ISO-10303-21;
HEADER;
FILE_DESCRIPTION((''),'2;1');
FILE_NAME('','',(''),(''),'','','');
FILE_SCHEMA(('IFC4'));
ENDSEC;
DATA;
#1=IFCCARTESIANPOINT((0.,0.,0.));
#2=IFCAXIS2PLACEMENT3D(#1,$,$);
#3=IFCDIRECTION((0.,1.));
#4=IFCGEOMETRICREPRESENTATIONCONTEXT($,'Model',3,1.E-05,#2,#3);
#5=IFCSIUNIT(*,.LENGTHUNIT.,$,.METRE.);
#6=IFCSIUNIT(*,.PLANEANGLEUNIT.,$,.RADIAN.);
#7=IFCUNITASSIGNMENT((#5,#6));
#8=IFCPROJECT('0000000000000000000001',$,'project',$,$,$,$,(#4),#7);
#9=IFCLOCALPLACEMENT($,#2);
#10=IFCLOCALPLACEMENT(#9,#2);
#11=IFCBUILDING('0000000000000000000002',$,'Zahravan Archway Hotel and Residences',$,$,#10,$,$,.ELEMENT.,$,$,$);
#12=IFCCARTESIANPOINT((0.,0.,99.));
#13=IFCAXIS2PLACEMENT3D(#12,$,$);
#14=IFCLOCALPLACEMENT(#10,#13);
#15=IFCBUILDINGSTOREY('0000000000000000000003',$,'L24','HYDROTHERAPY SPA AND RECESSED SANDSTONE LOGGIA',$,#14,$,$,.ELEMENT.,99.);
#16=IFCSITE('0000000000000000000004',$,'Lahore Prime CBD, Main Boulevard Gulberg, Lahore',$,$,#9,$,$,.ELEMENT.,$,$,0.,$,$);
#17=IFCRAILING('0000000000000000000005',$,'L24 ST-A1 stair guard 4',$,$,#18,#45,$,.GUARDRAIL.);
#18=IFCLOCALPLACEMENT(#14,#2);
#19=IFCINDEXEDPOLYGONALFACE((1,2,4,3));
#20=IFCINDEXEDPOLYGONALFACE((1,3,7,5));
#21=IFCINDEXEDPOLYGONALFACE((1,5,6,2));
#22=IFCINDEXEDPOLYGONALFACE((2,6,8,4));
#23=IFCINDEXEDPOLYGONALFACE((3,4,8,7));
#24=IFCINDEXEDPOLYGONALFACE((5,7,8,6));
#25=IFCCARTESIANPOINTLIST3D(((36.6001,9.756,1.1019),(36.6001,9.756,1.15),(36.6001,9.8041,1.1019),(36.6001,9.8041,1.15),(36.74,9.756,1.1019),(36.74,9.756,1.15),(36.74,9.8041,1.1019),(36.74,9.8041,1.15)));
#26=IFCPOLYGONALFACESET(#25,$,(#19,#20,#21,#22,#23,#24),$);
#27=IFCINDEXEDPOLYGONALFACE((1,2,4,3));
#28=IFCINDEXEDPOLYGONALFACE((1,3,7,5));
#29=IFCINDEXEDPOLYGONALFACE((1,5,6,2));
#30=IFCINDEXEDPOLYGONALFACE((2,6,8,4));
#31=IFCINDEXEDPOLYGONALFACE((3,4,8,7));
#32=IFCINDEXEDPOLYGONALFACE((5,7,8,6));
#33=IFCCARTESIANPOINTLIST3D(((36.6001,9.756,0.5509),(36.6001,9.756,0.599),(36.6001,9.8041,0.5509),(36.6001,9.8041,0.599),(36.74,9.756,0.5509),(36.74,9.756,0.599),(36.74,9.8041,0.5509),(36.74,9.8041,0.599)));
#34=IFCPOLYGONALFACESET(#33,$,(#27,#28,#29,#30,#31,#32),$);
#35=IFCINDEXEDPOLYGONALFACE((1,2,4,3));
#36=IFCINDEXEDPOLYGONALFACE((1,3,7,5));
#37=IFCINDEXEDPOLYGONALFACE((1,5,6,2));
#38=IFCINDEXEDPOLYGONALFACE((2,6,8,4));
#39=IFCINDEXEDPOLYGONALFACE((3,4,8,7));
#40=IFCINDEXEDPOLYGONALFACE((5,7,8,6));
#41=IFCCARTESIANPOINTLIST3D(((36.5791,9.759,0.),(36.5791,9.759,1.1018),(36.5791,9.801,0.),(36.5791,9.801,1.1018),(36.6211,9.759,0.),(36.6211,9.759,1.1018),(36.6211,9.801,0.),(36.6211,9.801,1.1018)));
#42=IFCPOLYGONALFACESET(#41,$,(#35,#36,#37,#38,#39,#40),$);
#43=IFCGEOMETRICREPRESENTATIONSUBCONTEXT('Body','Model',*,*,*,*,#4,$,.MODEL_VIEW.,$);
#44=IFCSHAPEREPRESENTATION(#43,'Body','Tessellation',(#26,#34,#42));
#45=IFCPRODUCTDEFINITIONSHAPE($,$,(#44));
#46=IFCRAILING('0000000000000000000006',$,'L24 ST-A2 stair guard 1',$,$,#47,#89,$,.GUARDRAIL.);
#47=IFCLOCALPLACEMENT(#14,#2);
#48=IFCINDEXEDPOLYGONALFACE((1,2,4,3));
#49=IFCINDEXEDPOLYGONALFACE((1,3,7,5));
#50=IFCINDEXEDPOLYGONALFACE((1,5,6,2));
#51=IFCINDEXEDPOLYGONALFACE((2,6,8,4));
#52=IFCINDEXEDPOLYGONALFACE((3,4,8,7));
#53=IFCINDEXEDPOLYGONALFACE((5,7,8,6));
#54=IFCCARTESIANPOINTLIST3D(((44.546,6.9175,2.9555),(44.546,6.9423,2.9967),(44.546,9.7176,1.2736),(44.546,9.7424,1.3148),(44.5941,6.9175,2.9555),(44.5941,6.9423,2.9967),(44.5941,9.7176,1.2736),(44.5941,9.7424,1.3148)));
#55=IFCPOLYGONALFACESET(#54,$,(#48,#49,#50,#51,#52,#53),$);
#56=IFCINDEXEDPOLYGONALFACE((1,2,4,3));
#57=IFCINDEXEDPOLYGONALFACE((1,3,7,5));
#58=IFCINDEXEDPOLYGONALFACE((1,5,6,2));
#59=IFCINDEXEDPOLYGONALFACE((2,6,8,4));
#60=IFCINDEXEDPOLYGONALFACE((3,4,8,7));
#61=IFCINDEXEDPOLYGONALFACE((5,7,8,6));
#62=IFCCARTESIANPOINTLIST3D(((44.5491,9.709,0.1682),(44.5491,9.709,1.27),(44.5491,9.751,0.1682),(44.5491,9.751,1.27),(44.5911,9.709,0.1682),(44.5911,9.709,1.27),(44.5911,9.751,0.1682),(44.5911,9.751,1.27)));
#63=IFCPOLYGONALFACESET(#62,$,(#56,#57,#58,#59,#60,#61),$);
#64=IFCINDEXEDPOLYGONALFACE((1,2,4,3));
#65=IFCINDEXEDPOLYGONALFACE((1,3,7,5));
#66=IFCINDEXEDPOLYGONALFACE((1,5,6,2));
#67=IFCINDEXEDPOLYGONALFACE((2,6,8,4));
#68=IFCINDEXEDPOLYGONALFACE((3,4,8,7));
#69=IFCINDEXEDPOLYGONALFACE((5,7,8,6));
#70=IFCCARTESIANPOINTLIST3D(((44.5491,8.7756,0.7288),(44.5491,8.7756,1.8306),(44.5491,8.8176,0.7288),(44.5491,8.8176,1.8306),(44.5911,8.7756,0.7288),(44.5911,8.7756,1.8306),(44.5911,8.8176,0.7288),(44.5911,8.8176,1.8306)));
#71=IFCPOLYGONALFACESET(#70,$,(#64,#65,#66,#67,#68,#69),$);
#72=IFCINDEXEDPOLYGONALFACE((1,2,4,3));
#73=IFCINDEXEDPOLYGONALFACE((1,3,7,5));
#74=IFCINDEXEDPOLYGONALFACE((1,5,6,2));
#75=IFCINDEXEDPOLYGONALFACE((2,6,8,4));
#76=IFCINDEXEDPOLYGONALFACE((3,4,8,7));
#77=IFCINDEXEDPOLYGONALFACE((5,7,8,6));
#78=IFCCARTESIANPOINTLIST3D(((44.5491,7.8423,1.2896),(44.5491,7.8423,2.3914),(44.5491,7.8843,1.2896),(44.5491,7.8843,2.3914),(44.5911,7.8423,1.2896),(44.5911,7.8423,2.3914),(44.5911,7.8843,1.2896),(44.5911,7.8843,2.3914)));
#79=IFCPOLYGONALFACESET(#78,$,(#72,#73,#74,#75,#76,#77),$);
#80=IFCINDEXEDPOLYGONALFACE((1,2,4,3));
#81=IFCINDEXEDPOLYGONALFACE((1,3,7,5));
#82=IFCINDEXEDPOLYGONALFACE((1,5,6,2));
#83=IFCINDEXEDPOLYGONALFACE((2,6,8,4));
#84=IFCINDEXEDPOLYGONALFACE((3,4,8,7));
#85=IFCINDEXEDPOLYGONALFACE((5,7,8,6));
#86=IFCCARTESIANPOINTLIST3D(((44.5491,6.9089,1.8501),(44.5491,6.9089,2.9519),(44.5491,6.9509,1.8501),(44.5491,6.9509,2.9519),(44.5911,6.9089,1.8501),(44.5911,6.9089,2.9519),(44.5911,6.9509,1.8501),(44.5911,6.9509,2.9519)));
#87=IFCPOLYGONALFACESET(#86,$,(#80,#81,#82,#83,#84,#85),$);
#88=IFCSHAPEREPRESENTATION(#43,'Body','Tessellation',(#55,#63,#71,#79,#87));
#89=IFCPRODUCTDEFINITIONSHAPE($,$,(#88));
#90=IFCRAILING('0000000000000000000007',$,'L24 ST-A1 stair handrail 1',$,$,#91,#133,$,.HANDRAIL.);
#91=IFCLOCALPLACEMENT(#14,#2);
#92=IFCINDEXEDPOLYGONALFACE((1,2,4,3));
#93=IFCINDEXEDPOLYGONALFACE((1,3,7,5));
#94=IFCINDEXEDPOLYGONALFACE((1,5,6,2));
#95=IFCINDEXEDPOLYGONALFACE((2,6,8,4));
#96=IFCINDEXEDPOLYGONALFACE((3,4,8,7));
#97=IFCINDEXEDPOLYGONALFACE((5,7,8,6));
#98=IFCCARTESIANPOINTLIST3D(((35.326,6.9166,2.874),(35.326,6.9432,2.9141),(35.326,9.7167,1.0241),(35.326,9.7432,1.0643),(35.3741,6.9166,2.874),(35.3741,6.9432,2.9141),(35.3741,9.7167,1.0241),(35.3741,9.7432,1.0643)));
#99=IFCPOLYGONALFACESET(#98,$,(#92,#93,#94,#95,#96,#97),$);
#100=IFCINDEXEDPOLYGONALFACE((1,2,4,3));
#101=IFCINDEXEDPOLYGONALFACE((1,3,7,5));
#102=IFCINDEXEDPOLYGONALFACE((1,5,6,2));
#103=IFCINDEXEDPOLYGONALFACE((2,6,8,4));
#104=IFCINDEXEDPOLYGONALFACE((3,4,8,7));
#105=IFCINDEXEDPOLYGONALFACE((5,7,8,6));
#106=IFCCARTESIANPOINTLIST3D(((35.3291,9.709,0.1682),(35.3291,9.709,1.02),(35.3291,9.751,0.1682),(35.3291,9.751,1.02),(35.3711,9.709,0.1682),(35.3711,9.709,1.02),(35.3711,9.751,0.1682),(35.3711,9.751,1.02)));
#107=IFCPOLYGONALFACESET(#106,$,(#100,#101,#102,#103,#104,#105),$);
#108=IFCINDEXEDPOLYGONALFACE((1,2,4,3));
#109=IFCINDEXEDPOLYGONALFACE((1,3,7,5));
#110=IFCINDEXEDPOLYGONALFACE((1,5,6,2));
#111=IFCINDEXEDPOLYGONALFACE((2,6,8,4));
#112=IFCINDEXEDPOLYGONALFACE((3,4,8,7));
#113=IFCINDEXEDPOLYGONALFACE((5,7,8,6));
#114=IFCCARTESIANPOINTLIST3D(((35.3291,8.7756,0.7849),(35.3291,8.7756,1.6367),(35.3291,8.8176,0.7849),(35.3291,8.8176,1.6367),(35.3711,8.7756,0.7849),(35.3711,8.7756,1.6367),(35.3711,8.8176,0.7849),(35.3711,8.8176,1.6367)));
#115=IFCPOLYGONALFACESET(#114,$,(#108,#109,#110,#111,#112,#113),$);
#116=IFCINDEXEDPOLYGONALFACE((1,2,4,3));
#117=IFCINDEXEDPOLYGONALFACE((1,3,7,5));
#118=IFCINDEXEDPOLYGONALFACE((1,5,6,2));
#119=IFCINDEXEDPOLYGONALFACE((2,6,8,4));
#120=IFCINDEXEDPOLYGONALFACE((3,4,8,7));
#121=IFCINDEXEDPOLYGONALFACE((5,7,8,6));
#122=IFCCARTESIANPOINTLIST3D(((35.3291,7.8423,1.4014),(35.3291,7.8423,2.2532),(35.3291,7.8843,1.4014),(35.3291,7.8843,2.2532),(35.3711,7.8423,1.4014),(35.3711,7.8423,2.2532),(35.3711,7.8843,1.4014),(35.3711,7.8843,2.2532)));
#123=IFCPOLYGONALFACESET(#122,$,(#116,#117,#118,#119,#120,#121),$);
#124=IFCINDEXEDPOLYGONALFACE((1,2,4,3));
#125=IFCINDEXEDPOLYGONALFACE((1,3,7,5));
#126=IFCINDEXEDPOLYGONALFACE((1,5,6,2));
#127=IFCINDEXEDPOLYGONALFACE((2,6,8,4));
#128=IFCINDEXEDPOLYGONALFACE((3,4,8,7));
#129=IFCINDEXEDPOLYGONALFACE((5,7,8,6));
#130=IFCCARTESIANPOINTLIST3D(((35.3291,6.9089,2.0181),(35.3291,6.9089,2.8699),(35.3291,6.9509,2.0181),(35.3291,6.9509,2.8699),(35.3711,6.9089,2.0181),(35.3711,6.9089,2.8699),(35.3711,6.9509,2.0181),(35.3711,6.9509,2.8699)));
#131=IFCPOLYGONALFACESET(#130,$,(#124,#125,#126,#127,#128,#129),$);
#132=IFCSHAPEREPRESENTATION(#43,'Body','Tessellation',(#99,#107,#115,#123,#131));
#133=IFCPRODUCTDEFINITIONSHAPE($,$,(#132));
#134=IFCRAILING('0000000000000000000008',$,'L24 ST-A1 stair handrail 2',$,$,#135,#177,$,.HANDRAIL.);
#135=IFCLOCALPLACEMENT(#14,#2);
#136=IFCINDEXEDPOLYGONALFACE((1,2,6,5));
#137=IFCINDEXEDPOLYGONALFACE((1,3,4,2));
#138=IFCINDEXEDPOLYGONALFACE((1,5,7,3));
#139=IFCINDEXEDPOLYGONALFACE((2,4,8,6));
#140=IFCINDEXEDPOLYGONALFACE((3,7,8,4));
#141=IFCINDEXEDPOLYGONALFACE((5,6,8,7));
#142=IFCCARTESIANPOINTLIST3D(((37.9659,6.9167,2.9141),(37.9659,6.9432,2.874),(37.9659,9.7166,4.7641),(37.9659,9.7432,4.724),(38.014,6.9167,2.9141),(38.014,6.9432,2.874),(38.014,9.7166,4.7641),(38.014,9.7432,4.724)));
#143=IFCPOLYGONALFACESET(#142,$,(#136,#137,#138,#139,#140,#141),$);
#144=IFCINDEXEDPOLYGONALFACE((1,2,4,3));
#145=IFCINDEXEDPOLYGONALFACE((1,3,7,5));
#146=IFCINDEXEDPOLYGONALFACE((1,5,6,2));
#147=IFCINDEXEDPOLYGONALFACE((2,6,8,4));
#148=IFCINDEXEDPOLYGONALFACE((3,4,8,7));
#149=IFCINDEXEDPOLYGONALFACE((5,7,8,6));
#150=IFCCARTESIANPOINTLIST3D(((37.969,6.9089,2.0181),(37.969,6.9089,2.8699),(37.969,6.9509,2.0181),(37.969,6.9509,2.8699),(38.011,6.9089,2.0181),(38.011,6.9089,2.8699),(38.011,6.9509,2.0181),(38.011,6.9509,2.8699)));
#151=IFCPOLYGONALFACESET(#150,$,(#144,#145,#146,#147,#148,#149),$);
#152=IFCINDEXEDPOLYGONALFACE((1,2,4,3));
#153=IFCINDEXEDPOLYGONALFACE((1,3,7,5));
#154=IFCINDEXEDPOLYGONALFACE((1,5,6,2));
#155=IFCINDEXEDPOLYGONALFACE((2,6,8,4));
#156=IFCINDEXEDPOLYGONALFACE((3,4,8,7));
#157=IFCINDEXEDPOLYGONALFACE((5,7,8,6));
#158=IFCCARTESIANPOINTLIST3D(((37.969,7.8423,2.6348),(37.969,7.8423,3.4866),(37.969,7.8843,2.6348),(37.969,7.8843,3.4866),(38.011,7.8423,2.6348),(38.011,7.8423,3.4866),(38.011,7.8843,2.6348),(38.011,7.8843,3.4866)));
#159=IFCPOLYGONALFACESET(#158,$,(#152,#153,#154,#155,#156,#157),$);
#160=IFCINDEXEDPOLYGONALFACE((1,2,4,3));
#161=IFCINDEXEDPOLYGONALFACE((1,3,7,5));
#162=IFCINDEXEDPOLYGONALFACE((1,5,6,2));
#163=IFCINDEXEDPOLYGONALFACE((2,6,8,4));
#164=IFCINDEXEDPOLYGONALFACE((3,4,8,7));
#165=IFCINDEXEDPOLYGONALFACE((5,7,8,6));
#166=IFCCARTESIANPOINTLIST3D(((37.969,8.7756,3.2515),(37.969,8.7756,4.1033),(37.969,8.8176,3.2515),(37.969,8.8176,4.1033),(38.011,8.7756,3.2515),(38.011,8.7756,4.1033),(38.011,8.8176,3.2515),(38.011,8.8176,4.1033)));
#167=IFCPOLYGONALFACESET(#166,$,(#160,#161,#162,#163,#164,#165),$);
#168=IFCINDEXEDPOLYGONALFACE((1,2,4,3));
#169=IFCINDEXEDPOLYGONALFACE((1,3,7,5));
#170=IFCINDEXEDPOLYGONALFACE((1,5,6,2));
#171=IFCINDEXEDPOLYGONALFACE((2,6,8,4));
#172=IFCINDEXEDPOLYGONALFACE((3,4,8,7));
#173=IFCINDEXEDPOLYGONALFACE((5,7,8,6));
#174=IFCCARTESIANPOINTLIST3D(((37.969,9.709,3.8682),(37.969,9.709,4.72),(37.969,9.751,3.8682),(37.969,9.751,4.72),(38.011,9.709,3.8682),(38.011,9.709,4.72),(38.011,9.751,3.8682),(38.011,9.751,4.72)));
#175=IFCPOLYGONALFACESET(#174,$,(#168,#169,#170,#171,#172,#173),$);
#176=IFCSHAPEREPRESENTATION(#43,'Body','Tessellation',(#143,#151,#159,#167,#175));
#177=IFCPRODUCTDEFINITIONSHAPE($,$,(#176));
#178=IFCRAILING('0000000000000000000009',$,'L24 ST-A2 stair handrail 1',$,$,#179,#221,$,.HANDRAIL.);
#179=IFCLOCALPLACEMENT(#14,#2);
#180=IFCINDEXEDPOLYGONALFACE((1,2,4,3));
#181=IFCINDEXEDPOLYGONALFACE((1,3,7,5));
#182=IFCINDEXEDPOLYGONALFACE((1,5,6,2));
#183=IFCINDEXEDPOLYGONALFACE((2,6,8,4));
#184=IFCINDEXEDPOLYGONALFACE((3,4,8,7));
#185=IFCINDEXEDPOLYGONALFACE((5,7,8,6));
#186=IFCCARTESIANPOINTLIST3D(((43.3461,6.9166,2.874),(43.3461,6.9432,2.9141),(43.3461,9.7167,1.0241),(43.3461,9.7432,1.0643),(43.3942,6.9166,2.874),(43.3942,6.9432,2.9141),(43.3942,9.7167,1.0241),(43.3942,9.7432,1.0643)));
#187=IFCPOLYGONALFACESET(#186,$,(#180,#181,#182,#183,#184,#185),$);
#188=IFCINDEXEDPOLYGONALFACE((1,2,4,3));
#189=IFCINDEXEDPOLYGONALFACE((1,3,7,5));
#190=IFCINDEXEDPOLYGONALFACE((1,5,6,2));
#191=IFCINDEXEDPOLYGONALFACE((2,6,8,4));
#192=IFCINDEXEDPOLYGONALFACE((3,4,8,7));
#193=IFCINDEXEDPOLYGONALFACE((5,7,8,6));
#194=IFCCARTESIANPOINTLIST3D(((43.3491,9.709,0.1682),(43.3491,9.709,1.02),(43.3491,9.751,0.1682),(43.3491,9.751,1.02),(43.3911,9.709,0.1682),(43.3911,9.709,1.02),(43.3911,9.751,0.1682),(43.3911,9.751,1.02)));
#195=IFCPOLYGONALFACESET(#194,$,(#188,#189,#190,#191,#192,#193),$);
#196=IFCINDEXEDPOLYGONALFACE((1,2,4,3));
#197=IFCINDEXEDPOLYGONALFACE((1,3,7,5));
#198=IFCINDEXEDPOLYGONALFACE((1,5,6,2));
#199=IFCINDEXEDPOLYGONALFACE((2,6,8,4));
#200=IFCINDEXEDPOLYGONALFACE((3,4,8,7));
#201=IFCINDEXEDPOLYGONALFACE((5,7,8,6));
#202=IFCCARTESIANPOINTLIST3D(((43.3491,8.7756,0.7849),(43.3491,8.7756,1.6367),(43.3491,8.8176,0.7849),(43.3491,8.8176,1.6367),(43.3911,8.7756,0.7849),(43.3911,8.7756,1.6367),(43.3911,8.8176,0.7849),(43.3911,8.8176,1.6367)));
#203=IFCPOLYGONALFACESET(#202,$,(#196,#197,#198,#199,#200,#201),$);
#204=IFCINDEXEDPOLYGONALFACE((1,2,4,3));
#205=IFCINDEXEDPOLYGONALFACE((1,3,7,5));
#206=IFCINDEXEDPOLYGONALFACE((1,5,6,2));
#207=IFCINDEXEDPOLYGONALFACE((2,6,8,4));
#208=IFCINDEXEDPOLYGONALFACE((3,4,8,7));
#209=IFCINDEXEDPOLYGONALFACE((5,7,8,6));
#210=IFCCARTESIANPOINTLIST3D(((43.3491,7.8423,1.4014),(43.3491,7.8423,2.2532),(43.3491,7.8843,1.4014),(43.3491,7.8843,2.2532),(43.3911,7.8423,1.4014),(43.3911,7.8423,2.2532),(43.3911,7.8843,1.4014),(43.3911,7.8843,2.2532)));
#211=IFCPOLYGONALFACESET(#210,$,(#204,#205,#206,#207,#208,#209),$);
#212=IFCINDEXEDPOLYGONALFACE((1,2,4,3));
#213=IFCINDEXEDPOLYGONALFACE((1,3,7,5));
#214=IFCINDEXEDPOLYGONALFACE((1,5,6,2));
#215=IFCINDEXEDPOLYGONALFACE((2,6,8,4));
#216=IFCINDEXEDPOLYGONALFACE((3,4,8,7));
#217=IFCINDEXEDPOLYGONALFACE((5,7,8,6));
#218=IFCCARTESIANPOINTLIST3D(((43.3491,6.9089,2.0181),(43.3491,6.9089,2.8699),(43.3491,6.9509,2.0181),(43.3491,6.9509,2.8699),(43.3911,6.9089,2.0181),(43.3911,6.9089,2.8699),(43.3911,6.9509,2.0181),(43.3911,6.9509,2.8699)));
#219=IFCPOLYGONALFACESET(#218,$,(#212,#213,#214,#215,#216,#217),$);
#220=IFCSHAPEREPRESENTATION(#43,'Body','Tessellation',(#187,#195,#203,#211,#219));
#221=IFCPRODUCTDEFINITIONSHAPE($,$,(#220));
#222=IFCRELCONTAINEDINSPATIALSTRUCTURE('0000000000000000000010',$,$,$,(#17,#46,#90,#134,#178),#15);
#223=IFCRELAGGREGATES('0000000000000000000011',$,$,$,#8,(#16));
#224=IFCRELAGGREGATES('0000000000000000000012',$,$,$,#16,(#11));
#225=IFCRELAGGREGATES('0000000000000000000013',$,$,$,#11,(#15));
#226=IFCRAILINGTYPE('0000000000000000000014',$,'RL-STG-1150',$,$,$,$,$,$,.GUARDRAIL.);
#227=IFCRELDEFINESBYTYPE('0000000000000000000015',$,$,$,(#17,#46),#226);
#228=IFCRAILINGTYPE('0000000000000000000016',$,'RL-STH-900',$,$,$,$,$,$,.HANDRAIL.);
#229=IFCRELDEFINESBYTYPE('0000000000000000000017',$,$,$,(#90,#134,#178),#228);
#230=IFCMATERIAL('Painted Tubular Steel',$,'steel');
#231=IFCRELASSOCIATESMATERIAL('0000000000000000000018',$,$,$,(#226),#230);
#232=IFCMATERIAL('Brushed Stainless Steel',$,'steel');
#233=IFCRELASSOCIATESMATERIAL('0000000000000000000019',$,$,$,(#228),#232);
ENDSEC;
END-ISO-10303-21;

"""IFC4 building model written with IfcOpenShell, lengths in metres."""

from ifc_helpers import new_model, si_unit, direction, frame, origin, origin_2d, place, context, subcontext, project, spatial, rectangle, extrude, material, type_object, element, save


model = new_model("IFC4")

# Units and contexts
model_context = context("Model", 3, precision=1e-05, world=origin(), true_north=direction((0.0, 1.0)))
body_context = subcontext(model_context, "Body", "Model", "MODEL_VIEW")
ifc_project = project(units=[si_unit("LENGTHUNIT", "METRE"), si_unit("PLANEANGLEUNIT", "RADIAN")], contexts=[model_context])

# Site, building, storey
site_placement = place(None, origin())
site = spatial("IfcSite", under=ifc_project, at=site_placement, Name="Lahore Prime CBD, Main Boulevard Gulberg, Lahore", CompositionType="ELEMENT", RefElevation=0.0)
building_placement = place(site_placement, origin())
building = spatial("IfcBuilding", under=site, at=building_placement, Name="Zahravan Archway Hotel and Residences", CompositionType="ELEMENT")
storey_placement = place(building_placement, frame((0.0, 0.0, 99.0)))
storey = spatial("IfcBuildingStorey", under=building, at=storey_placement, Name="L24", Description="HYDROTHERAPY SPA AND RECESSED SANDSTONE LOGGIA", CompositionType="ELEMENT", Elevation=99.0)

# Railings
ifc_material_1 = material(Name="Painted Tubular Steel", Category="steel")
railing_type_1 = type_object("IfcRailingType", Name="RL-STG-1150", PredefinedType="GUARDRAIL", material=ifc_material_1)
railing_1_placement = place(storey_placement, frame((36.6001, 9.78, 0.0)))
element("IfcRailing", 1, at=railing_1_placement, inside=storey, type_object=railing_type_1, Name="L24 ST-A1 stair guard 4", PredefinedType="GUARDRAIL", context=body_context, shape_type="SweptSolid", body=[
    extrude(rectangle(XDim=0.0481, YDim=0.0481, at=origin_2d()), frame((0.0, 0.0, 1.126), z_axis=(1.0, 0.0, 0.0), x_axis=(0.0, 1.0, 0.0)), (0.0, 0.0, 1.0), 0.1399),
    extrude(rectangle(XDim=0.0481, YDim=0.0481, at=origin_2d()), frame((0.0, 0.0, 0.575), z_axis=(1.0, 0.0, 0.0), x_axis=(0.0, 1.0, 0.0)), (0.0, 0.0, 1.0), 0.1399),
    extrude(rectangle(XDim=0.042, YDim=0.042, at=origin_2d()), origin(), (0.0, 0.0, 1.0), 1.1018),
])
railing_2_placement = place(storey_placement, frame((44.5701, 9.73, 0.1682)))
element("IfcRailing", 2, at=railing_2_placement, inside=storey, type_object=railing_type_1, Name="L24 ST-A2 stair guard 1", PredefinedType="GUARDRAIL", context=body_context, shape_type="SweptSolid", body=[
    extrude(rectangle(XDim=0.0481, YDim=0.0481, at=origin_2d()), frame((0.0, 0.0, 1.126), z_axis=(0.0, -0.857242, 0.514913), x_axis=(1.0, 0.0, 0.0)), (0.0, 0.0, 1.0), 3.2664),
    extrude(rectangle(XDim=0.042, YDim=0.042, at=origin_2d()), origin(), (0.0, 0.0, 1.0), 1.1018),
    extrude(rectangle(XDim=0.042, YDim=0.042, at=origin_2d()), frame((0.0, -0.9333, 0.5605)), (0.0, 0.0, 1.0), 1.1018),
    extrude(rectangle(XDim=0.042, YDim=0.042, at=origin_2d()), frame((0.0, -1.8667, 1.1213)), (0.0, 0.0, 1.0), 1.1018),
    extrude(rectangle(XDim=0.042, YDim=0.042, at=origin_2d()), frame((0.0, -2.8, 1.6819)), (0.0, 0.0, 1.0), 1.1018),
])
ifc_material_2 = material(Name="Brushed Stainless Steel", Category="steel")
railing_type_2 = type_object("IfcRailingType", Name="RL-STH-900", PredefinedType="HANDRAIL", material=ifc_material_2)
railing_3_placement = place(storey_placement, frame((35.3501, 9.73, 0.1682)))
element("IfcRailing", 3, at=railing_3_placement, inside=storey, type_object=railing_type_2, Name="L24 ST-A1 stair handrail 1", PredefinedType="HANDRAIL", context=body_context, shape_type="SweptSolid", body=[
    extrude(rectangle(XDim=0.0481, YDim=0.0481, at=origin_2d()), frame((0.0, 0.0, 0.876), z_axis=(0.0, -0.83436, 0.55122), x_axis=(1.0, 0.0, 0.0)), (0.0, 0.0, 1.0), 3.356),
    extrude(rectangle(XDim=0.042, YDim=0.042, at=origin_2d()), origin(), (0.0, 0.0, 1.0), 0.8518),
    extrude(rectangle(XDim=0.042, YDim=0.042, at=origin_2d()), frame((0.0, -0.9333, 0.6167)), (0.0, 0.0, 1.0), 0.8518),
    extrude(rectangle(XDim=0.042, YDim=0.042, at=origin_2d()), frame((0.0, -1.8667, 1.2332)), (0.0, 0.0, 1.0), 0.8518),
    extrude(rectangle(XDim=0.042, YDim=0.042, at=origin_2d()), frame((0.0, -2.8, 1.8499)), (0.0, 0.0, 1.0), 0.8518),
])
railing_4_placement = place(storey_placement, frame((37.99, 6.9299, 2.0181)))
element("IfcRailing", 4, at=railing_4_placement, inside=storey, type_object=railing_type_2, Name="L24 ST-A1 stair handrail 2", PredefinedType="HANDRAIL", context=body_context, shape_type="SweptSolid", body=[
    extrude(rectangle(XDim=0.0481, YDim=0.0481, at=origin_2d()), frame((0.0, 0.0, 0.876), z_axis=(0.0, 0.834326, 0.551271), x_axis=(-1.0, 0.0, 0.0)), (0.0, 0.0, 1.0), 3.356),
    extrude(rectangle(XDim=0.042, YDim=0.042, at=origin_2d()), origin(), (0.0, 0.0, 1.0), 0.8518),
    extrude(rectangle(XDim=0.042, YDim=0.042, at=origin_2d()), frame((0.0, 0.9333, 0.6167)), (0.0, 0.0, 1.0), 0.8518),
    extrude(rectangle(XDim=0.042, YDim=0.042, at=origin_2d()), frame((0.0, 1.8667, 1.2334)), (0.0, 0.0, 1.0), 0.8518),
    extrude(rectangle(XDim=0.042, YDim=0.042, at=origin_2d()), frame((0.0, 2.8, 1.8501)), (0.0, 0.0, 1.0), 0.8518),
])
railing_5_placement = place(storey_placement, frame((43.3701, 9.73, 0.1682)))
element("IfcRailing", 5, at=railing_5_placement, inside=storey, type_object=railing_type_2, Name="L24 ST-A2 stair handrail 1", PredefinedType="HANDRAIL", context=body_context, shape_type="SweptSolid", body=[
    extrude(rectangle(XDim=0.0481, YDim=0.0481, at=origin_2d()), frame((0.0, 0.0, 0.876), z_axis=(0.0, -0.83436, 0.55122), x_axis=(1.0, 0.0, 0.0)), (0.0, 0.0, 1.0), 3.356),
    extrude(rectangle(XDim=0.042, YDim=0.042, at=origin_2d()), origin(), (0.0, 0.0, 1.0), 0.8518),
    extrude(rectangle(XDim=0.042, YDim=0.042, at=origin_2d()), frame((0.0, -0.9333, 0.6167)), (0.0, 0.0, 1.0), 0.8518),
    extrude(rectangle(XDim=0.042, YDim=0.042, at=origin_2d()), frame((0.0, -1.8667, 1.2332)), (0.0, 0.0, 1.0), 0.8518),
    extrude(rectangle(XDim=0.042, YDim=0.042, at=origin_2d()), frame((0.0, -2.8, 1.8499)), (0.0, 0.0, 1.0), 0.8518),
])

save(model, "model.ifc")
